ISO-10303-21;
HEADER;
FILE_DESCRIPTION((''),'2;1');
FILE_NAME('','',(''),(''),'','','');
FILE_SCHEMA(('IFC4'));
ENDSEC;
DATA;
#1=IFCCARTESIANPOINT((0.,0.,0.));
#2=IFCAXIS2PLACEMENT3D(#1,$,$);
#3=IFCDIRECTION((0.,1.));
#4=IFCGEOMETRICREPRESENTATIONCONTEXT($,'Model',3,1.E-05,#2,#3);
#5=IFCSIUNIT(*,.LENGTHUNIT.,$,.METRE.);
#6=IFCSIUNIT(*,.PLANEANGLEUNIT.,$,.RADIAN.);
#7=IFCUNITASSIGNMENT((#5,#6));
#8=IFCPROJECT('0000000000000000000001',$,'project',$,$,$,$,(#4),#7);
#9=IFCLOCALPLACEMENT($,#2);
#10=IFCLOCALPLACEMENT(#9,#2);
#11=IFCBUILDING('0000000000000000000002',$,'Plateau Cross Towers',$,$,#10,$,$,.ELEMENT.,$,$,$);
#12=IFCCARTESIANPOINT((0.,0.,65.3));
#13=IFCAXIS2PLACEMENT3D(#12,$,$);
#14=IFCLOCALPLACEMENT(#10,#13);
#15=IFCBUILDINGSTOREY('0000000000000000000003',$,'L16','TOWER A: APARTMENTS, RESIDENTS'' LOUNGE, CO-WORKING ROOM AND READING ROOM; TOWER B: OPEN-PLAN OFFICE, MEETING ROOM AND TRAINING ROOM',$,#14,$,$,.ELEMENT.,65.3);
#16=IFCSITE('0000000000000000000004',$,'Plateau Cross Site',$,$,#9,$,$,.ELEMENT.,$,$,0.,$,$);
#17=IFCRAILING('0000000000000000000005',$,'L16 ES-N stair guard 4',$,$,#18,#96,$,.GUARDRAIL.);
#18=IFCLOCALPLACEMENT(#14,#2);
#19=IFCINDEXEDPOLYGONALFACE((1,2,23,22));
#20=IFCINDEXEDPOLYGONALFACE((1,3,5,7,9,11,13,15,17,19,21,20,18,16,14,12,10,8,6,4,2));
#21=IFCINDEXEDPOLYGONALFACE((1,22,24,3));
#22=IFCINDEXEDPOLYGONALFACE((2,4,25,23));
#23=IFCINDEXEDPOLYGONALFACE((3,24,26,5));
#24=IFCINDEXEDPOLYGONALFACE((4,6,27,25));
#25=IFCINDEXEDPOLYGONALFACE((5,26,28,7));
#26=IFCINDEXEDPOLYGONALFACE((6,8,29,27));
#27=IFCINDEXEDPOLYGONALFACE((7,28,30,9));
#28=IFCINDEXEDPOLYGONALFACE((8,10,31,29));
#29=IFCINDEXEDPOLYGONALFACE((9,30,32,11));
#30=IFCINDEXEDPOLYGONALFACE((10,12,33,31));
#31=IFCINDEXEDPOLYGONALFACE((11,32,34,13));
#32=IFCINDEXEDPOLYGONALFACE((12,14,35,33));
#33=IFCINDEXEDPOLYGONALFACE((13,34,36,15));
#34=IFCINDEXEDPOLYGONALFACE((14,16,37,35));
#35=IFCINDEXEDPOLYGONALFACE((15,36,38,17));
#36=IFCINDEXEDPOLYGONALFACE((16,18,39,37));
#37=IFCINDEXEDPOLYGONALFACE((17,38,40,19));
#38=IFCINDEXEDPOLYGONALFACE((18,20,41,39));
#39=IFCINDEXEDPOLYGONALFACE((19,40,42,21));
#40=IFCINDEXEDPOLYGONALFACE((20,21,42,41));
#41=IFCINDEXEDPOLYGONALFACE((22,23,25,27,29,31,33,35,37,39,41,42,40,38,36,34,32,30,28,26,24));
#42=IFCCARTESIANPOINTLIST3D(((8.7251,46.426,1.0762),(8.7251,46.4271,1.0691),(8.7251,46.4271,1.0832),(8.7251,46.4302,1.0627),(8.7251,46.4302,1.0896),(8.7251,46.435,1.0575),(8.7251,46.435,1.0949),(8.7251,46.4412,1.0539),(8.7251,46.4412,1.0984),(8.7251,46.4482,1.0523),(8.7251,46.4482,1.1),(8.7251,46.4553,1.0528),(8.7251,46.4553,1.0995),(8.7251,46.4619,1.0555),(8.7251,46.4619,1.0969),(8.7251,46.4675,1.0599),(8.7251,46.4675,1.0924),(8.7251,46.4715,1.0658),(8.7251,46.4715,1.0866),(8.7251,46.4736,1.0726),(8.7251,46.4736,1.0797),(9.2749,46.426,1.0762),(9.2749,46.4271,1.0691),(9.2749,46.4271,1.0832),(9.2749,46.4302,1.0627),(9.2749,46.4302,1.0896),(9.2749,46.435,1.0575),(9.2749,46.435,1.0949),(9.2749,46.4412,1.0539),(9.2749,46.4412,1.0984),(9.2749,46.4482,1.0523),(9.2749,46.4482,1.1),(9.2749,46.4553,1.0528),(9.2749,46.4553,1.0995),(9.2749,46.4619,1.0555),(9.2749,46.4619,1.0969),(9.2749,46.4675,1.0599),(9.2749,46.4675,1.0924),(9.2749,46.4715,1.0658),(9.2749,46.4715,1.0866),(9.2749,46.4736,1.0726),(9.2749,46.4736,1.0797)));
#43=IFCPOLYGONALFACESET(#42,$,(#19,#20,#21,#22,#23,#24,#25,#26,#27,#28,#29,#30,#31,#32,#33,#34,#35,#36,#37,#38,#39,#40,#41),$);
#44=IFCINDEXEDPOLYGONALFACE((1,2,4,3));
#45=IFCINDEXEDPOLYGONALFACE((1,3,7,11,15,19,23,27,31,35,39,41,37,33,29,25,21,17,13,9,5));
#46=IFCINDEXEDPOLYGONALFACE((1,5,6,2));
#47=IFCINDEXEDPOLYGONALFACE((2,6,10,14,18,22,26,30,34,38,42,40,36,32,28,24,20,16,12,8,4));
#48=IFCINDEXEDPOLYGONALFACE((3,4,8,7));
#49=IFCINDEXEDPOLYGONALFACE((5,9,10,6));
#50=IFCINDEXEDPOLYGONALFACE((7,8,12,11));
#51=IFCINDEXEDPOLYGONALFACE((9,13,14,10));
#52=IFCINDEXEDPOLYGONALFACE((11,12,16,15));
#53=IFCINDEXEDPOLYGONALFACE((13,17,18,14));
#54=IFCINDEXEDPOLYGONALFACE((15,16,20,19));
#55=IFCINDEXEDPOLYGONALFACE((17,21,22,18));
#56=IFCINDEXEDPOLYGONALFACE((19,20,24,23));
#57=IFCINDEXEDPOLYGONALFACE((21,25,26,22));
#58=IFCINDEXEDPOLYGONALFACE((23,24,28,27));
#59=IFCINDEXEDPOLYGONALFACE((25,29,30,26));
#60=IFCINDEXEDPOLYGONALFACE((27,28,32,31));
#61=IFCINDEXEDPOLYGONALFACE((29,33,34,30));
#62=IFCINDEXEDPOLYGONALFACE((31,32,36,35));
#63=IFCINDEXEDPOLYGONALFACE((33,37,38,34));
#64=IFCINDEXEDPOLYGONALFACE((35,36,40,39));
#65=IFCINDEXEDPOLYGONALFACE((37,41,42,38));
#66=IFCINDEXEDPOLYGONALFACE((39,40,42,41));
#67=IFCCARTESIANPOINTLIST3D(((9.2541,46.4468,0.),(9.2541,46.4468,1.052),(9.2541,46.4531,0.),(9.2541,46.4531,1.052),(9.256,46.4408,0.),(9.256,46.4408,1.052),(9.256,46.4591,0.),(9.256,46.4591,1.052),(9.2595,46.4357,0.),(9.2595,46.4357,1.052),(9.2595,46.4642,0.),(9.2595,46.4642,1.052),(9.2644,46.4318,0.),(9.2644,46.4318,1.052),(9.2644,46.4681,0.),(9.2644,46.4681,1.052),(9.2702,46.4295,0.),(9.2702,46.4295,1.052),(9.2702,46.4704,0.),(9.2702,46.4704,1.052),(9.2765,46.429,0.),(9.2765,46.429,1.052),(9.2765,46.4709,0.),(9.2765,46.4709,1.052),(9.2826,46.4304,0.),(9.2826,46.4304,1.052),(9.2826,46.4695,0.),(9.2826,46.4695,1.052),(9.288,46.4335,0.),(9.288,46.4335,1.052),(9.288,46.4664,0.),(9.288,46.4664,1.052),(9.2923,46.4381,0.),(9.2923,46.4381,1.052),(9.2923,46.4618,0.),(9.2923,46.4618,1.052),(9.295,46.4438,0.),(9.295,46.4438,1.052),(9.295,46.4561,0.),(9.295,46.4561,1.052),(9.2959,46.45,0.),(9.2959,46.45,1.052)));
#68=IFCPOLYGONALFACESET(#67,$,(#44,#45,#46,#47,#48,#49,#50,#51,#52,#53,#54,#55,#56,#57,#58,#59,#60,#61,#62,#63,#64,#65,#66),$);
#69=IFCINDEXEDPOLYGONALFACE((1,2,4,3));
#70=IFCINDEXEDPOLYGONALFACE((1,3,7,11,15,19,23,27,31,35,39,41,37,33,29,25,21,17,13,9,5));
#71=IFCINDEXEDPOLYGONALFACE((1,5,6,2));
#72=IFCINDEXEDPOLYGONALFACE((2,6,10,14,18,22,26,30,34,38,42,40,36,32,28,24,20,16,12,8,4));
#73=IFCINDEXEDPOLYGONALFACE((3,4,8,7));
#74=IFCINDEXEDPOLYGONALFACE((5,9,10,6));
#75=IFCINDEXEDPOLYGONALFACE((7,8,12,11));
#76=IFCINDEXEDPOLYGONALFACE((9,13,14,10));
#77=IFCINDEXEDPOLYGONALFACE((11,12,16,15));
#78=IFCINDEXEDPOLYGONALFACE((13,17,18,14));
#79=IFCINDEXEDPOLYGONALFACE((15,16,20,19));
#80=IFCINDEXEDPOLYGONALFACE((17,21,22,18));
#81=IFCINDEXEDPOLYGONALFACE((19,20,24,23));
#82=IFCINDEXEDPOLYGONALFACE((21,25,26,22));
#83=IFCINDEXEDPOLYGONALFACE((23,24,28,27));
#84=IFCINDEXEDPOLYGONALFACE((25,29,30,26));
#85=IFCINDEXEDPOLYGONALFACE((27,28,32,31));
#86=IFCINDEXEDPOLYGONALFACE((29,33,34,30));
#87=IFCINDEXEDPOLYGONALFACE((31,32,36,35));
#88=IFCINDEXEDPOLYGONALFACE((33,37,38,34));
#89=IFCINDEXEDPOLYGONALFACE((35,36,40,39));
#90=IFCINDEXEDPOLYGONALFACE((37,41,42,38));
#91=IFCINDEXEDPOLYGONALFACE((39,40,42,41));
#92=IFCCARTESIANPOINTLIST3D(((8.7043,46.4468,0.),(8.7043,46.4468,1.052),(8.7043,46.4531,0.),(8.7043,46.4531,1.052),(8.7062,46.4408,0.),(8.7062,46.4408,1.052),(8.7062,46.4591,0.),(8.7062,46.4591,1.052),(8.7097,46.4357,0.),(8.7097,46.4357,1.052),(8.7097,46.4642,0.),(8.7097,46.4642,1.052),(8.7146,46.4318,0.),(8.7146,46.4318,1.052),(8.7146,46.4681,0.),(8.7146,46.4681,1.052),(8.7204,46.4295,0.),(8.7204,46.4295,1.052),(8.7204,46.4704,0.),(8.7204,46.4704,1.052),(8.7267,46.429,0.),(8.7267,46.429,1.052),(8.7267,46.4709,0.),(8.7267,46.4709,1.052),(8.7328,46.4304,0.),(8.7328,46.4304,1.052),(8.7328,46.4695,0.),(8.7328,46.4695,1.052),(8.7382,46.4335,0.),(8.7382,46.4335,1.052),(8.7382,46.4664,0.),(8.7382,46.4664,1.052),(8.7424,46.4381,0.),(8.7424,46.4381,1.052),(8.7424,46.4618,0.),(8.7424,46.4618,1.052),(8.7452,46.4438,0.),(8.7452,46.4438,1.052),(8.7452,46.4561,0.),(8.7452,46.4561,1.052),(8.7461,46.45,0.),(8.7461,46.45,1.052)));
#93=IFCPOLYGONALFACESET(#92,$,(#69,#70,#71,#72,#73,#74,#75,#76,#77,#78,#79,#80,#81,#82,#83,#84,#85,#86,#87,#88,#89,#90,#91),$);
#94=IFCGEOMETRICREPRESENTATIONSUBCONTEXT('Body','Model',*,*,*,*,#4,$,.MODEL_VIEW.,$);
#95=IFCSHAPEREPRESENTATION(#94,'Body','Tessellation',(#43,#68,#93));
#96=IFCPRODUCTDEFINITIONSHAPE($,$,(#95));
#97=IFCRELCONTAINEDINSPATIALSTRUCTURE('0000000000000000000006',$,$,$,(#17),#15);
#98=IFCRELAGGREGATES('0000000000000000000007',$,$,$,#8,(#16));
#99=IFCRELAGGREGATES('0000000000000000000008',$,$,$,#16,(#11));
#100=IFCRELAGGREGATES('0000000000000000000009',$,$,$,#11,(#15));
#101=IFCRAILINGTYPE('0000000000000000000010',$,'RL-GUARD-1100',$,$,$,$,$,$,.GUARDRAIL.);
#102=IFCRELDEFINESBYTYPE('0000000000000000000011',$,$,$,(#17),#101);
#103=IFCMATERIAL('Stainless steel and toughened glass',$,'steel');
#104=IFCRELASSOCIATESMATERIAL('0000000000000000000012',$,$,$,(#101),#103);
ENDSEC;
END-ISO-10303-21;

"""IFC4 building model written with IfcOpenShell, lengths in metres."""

from ifc_helpers import new_model, si_unit, direction, frame, origin, origin_2d, place, context, subcontext, project, spatial, circle, extrude, material, type_object, element, save


model = new_model("IFC4")

# Units and contexts
model_context = context("Model", 3, precision=1e-05, world=origin(), true_north=direction((0.0, 1.0)))
body_context = subcontext(model_context, "Body", "Model", "MODEL_VIEW")
ifc_project = project(units=[si_unit("LENGTHUNIT", "METRE"), si_unit("PLANEANGLEUNIT", "RADIAN")], contexts=[model_context])

# Site, building, storey
site_placement = place(None, origin())
site = spatial("IfcSite", under=ifc_project, at=site_placement, Name="Plateau Cross Site", CompositionType="ELEMENT", RefElevation=0.0)
building_placement = place(site_placement, origin())
building = spatial("IfcBuilding", under=site, at=building_placement, Name="Plateau Cross Towers", CompositionType="ELEMENT")
storey_placement = place(building_placement, frame((0.0, 0.0, 65.3)))
storey = spatial("IfcBuildingStorey", under=building, at=storey_placement, Name="L16", Description="TOWER A: APARTMENTS, RESIDENTS' LOUNGE, CO-WORKING ROOM AND READING ROOM; TOWER B: OPEN-PLAN OFFICE, MEETING ROOM AND TRAINING ROOM", CompositionType="ELEMENT", Elevation=65.3)

# Railing
ifc_material_1 = material(Name="Stainless steel and toughened glass", Category="steel")
railing_type_1 = type_object("IfcRailingType", Name="RL-GUARD-1100", PredefinedType="GUARDRAIL", material=ifc_material_1)
railing_1_placement = place(storey_placement, frame((9.2749, 46.45, 0.0)))
element("IfcRailing", 1, at=railing_1_placement, inside=storey, type_object=railing_type_1, Name="L16 ES-N stair guard 4", PredefinedType="GUARDRAIL", context=body_context, shape_type="SweptSolid", body=[
    extrude(circle(Radius=0.0239, at=origin_2d()), frame((0.0, 0.0, 1.0762), z_axis=(-1.0, 0.0, 0.0), x_axis=(0.0, -1.0, 0.0)), (0.0, 0.0, 1.0), 0.5498),
    extrude(circle(Radius=0.021, at=origin_2d()), origin(), (0.0, 0.0, 1.0), 1.052),
    extrude(circle(Radius=0.021, at=origin_2d()), frame((-0.5498, 0.0, 0.0)), (0.0, 0.0, 1.0), 1.052),
])

save(model, "model.ifc")
